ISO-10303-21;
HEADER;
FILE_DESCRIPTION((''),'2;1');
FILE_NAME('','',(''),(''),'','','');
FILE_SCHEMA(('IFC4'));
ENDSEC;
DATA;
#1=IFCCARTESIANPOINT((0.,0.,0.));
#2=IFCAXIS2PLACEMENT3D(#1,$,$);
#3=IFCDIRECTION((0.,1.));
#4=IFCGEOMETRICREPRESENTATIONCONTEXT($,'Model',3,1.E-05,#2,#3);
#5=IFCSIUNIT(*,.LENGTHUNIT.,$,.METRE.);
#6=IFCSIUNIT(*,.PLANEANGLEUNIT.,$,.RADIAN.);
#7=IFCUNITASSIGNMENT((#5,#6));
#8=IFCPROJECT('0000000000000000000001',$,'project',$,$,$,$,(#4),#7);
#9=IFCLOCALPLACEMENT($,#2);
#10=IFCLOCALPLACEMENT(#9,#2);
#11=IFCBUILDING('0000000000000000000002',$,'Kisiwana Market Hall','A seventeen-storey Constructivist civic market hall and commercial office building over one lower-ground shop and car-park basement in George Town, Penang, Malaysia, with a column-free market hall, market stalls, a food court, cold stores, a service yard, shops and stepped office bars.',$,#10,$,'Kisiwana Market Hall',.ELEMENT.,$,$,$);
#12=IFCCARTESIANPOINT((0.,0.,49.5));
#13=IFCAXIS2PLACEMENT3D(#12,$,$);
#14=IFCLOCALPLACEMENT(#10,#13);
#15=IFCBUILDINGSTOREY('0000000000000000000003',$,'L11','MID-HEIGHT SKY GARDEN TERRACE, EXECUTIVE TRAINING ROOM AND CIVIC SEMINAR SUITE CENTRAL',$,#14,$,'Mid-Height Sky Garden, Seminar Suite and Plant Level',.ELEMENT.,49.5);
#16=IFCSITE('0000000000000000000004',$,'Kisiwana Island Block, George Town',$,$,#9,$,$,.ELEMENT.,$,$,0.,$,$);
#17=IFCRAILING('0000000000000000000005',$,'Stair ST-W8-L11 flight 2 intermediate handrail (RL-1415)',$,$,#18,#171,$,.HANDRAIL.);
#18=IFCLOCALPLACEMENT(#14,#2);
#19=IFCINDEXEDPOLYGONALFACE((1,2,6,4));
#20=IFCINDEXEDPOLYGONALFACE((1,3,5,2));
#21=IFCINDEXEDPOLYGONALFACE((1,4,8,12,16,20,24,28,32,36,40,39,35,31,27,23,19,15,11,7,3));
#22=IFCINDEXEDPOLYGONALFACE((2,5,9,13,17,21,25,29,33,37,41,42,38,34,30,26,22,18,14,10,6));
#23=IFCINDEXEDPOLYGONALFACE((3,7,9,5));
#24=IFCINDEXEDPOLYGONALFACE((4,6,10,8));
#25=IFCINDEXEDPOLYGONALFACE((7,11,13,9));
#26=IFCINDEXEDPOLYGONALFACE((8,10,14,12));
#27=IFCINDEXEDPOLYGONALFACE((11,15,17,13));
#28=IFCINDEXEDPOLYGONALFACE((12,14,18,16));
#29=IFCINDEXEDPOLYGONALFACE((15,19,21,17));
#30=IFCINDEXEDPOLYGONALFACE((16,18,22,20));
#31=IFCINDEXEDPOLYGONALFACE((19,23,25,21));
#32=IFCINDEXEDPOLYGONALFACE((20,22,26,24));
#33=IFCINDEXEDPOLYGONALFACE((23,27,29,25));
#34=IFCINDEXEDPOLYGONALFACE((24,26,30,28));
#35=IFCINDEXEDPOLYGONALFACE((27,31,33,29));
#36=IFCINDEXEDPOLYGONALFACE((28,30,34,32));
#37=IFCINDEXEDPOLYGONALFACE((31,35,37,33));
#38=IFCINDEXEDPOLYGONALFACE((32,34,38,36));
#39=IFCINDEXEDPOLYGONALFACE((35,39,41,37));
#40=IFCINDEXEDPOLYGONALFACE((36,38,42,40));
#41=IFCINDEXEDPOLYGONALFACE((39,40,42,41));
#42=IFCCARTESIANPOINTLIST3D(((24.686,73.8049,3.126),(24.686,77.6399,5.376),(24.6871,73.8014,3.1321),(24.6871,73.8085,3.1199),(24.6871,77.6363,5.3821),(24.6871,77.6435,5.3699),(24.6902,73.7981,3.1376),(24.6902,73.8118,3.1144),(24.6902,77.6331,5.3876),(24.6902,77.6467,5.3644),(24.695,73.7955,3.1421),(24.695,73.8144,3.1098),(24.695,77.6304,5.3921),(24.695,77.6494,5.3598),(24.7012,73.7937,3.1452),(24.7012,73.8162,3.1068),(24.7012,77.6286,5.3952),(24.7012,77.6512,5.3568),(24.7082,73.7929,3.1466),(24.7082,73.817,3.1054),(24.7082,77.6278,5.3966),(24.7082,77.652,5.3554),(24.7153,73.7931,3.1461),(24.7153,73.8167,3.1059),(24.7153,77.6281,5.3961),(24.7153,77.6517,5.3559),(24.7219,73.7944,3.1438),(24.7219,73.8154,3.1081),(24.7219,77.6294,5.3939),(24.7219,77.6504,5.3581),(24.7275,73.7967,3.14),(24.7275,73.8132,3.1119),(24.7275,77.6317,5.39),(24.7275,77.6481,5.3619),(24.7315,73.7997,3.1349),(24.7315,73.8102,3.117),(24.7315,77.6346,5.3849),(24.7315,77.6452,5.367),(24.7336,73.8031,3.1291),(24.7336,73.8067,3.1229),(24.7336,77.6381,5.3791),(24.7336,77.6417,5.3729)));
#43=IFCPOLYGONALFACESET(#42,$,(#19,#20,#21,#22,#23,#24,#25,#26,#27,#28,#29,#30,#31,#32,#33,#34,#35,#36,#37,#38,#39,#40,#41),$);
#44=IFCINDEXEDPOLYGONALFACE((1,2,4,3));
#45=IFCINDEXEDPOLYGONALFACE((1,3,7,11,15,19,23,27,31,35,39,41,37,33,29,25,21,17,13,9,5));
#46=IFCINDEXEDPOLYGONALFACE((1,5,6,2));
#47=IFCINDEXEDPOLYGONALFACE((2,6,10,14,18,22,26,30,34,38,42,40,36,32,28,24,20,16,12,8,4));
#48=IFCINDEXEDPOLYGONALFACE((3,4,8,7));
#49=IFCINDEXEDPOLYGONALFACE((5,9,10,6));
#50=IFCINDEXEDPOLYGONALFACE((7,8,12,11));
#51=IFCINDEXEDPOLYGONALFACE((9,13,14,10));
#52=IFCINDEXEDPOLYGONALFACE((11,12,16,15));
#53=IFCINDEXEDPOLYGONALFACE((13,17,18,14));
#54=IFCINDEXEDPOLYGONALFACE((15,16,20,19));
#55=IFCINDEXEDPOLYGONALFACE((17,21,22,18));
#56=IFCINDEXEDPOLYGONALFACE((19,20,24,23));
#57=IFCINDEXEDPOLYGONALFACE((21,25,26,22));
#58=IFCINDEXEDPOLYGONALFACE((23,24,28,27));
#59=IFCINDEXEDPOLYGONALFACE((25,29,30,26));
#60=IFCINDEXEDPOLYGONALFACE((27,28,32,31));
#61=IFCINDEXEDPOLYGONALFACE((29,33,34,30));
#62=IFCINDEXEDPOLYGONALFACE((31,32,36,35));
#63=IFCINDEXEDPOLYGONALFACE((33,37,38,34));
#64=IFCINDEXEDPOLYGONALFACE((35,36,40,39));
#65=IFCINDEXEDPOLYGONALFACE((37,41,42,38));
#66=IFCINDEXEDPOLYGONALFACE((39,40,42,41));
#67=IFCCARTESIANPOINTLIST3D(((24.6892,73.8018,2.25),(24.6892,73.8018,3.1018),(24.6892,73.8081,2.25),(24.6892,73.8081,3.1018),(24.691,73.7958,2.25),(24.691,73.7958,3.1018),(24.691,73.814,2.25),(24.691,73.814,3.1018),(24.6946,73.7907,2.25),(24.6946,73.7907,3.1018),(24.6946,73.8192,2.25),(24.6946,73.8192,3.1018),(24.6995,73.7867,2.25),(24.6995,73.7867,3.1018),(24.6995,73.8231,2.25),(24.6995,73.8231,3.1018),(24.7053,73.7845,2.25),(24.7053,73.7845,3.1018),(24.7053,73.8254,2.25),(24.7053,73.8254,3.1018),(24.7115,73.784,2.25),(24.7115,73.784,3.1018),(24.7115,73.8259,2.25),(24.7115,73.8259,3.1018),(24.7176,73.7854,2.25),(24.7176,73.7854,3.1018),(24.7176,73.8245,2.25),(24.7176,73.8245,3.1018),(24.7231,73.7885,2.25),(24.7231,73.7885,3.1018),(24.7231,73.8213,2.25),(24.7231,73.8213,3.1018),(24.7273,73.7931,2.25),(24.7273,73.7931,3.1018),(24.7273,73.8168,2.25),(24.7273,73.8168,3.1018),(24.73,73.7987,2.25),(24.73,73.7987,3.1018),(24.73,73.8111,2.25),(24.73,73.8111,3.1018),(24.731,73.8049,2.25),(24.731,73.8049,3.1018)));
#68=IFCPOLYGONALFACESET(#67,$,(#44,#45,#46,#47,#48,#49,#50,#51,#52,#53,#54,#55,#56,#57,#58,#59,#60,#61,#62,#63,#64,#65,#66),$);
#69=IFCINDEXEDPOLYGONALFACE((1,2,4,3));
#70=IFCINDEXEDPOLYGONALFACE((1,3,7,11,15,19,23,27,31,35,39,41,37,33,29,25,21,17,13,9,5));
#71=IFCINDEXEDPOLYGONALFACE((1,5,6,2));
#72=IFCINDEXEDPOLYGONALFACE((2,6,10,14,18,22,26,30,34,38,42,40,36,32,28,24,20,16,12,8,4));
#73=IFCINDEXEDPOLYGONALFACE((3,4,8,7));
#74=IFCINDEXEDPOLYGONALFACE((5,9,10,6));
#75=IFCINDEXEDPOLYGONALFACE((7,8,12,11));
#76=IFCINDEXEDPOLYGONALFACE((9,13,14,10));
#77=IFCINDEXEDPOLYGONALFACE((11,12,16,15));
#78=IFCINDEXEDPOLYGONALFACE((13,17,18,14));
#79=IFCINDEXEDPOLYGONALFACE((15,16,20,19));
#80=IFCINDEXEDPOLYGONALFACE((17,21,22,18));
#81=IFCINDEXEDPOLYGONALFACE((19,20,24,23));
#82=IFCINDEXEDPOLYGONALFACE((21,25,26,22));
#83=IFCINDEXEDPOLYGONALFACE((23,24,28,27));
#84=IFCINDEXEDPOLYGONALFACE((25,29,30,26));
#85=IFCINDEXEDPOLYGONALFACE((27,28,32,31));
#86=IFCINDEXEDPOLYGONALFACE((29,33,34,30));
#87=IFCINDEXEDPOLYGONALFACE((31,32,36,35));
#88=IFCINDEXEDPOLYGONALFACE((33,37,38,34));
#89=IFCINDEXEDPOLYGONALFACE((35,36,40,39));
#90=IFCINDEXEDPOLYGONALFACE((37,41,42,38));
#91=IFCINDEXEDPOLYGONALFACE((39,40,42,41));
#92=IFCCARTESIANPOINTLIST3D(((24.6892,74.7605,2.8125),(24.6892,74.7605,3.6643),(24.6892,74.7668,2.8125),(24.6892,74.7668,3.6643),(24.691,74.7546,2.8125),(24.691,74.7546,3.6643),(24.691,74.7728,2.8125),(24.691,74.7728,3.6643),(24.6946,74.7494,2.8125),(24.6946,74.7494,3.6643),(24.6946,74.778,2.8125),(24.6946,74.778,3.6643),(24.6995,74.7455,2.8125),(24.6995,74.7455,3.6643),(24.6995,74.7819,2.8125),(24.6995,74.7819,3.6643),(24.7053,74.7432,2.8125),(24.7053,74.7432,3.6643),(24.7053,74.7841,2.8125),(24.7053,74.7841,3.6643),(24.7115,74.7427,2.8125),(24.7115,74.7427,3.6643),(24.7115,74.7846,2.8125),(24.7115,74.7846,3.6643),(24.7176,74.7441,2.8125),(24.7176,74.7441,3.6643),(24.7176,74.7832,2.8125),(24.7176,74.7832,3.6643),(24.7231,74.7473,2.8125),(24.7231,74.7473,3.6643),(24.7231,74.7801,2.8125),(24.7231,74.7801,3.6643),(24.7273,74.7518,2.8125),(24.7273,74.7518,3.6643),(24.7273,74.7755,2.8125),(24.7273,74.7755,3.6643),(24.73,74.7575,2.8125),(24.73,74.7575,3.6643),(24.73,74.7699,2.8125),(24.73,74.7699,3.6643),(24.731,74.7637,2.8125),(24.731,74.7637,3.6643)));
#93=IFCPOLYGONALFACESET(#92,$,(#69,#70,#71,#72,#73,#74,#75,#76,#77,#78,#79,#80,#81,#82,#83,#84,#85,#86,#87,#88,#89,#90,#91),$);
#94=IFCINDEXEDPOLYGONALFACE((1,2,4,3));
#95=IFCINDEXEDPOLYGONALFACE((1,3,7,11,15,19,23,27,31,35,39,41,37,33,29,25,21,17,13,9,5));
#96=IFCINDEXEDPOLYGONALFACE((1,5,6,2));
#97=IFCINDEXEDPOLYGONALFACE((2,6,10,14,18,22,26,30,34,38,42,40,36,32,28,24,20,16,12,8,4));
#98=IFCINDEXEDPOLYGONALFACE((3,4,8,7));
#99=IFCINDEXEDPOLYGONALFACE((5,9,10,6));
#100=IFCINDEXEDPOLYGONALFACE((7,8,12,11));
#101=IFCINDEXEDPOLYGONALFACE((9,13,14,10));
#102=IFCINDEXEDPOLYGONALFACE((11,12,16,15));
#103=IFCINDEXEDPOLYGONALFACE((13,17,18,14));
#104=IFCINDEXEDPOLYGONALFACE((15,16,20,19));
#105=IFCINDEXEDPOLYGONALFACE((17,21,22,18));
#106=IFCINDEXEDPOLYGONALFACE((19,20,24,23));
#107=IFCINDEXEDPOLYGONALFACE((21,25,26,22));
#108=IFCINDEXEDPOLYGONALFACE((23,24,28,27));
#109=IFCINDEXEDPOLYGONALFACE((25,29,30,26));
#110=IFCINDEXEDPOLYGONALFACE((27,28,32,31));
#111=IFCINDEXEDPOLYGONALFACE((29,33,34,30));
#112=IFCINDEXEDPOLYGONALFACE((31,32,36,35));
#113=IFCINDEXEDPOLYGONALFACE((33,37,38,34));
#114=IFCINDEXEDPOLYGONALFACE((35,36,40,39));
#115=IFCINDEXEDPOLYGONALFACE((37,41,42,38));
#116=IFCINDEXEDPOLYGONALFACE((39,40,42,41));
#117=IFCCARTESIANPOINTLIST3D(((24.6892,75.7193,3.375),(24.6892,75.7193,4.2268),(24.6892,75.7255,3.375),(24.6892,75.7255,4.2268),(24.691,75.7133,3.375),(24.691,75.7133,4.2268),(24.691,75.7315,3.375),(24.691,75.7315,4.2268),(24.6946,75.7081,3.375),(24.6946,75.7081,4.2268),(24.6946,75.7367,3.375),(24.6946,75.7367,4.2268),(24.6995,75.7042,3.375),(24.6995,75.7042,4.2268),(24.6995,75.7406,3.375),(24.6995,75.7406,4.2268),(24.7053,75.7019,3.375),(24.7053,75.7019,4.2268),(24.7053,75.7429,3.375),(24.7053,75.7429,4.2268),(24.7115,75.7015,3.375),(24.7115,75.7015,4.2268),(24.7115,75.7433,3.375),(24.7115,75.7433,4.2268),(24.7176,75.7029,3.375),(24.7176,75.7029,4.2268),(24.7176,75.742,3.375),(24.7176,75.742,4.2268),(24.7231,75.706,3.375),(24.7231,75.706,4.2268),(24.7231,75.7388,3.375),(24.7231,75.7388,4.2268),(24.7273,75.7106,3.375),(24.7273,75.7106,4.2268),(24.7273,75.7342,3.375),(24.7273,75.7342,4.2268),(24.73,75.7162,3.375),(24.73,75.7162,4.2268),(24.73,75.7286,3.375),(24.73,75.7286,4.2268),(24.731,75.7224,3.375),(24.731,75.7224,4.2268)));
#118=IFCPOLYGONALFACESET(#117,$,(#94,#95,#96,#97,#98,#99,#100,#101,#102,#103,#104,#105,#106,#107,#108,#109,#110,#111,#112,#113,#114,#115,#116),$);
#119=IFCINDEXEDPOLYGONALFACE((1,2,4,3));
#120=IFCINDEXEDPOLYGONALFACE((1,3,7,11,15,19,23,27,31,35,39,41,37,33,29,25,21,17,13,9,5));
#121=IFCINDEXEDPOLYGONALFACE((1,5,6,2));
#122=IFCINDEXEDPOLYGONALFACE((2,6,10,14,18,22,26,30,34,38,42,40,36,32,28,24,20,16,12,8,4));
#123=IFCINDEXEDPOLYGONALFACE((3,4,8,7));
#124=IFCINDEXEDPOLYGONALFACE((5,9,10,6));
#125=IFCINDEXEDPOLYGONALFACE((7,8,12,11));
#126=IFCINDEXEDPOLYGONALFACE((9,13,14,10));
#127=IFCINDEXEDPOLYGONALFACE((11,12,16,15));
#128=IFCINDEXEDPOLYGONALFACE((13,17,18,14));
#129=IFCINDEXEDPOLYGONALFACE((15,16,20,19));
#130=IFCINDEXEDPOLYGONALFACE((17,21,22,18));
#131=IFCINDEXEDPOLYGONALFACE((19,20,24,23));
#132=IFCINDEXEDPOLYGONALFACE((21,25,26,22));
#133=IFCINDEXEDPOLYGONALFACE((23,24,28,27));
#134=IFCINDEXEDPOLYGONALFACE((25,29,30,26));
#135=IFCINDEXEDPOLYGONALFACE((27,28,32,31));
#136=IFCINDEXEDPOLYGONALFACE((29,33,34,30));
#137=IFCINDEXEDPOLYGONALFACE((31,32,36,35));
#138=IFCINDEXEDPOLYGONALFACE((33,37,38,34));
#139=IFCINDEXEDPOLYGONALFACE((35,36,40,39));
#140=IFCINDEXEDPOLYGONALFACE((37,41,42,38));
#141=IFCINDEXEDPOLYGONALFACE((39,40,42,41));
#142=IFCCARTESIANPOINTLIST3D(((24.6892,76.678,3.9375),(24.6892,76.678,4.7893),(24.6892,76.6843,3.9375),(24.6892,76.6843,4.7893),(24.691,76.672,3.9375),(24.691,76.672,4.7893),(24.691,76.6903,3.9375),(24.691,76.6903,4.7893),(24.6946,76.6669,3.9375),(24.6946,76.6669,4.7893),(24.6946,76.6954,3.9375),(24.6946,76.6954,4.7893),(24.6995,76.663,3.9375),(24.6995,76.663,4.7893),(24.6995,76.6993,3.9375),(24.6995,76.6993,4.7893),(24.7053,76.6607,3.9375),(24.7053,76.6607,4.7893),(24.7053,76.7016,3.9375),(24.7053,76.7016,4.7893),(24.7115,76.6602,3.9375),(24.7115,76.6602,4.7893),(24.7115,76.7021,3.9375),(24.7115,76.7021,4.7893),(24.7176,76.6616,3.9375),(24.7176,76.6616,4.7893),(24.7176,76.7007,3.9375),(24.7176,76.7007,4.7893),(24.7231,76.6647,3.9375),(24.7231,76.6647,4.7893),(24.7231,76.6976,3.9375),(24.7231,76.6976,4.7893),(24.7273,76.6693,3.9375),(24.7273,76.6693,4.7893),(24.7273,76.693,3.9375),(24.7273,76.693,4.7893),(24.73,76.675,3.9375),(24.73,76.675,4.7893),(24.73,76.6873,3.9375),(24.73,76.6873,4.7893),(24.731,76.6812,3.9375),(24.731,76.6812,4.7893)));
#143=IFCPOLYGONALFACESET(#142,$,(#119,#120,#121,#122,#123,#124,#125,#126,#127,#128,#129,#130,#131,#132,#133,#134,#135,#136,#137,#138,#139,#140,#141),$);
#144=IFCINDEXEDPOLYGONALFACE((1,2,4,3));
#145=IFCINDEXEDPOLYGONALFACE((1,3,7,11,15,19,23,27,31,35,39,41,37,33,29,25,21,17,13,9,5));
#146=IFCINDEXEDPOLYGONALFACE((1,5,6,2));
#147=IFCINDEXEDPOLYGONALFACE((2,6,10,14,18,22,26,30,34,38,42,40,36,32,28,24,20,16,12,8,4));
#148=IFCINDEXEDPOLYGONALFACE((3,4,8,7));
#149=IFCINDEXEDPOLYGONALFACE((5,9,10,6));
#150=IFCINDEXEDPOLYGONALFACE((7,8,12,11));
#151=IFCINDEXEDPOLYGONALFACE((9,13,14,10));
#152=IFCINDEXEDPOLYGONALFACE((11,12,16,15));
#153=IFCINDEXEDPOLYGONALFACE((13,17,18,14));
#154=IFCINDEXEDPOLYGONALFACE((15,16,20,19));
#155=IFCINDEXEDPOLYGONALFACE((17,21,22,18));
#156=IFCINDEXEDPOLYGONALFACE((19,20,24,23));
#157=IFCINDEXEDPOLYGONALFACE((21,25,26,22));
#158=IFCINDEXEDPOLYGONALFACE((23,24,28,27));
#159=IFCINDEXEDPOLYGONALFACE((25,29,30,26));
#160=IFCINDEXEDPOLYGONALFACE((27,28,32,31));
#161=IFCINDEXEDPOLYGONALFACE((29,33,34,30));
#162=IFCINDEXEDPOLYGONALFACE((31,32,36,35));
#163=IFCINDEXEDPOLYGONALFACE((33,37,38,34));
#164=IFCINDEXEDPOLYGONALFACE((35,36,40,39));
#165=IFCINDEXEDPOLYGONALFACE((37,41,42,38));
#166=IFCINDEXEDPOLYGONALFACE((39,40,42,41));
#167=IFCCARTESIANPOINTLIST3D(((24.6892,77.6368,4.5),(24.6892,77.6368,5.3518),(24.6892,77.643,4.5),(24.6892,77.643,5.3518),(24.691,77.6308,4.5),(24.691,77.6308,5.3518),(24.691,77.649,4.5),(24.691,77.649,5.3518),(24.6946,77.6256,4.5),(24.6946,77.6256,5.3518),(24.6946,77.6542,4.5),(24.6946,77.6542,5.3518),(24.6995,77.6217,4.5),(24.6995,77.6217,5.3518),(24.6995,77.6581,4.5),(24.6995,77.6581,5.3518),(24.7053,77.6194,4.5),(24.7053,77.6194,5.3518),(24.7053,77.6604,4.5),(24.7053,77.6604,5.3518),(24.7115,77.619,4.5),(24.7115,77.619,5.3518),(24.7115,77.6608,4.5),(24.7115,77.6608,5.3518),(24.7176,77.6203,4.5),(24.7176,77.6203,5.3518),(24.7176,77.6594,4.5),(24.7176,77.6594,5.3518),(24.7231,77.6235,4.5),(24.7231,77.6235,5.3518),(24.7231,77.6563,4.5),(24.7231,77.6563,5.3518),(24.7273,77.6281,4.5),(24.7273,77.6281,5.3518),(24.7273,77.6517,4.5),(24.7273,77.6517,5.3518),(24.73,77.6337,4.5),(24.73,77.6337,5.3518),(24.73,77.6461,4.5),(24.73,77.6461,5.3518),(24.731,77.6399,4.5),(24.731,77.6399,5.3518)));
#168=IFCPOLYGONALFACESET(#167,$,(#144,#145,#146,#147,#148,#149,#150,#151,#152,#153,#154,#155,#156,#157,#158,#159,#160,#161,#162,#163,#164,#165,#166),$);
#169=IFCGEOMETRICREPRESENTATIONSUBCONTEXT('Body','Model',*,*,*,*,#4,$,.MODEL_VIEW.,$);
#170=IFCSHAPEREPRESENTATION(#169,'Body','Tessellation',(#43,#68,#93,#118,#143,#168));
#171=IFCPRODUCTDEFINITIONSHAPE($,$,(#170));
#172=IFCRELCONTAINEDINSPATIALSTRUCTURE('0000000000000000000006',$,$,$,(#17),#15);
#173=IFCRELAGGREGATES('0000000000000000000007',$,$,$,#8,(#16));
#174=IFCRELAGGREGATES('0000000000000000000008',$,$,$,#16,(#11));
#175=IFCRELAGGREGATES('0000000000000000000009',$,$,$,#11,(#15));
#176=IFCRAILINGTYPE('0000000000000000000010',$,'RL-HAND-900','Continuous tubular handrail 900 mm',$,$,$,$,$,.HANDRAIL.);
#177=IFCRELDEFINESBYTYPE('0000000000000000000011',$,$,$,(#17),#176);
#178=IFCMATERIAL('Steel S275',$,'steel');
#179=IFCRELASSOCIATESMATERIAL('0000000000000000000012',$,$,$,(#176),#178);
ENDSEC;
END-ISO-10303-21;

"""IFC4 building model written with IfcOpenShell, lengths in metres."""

from ifc_helpers import new_model, si_unit, direction, frame, origin, origin_2d, place, context, subcontext, project, spatial, circle, extrude, material, type_object, element, save


model = new_model("IFC4")

# Units and contexts
model_context = context("Model", 3, precision=1e-05, world=origin(), true_north=direction((0.0, 1.0)))
body_context = subcontext(model_context, "Body", "Model", "MODEL_VIEW")
ifc_project = project(units=[si_unit("LENGTHUNIT", "METRE"), si_unit("PLANEANGLEUNIT", "RADIAN")], contexts=[model_context])

# Site, building, storey
site_placement = place(None, origin())
site = spatial("IfcSite", under=ifc_project, at=site_placement, Name="Kisiwana Island Block, George Town", CompositionType="ELEMENT", RefElevation=0.0)
building_placement = place(site_placement, origin())
building = spatial("IfcBuilding", under=site, at=building_placement, Name="Kisiwana Market Hall", Description="A seventeen-storey Constructivist civic market hall and commercial office building over one lower-ground shop and car-park basement in George Town, Penang, Malaysia, with a column-free market hall, market stalls, a food court, cold stores, a service yard, shops and stepped office bars.", LongName="Kisiwana Market Hall", CompositionType="ELEMENT")
storey_placement = place(building_placement, frame((0.0, 0.0, 49.5)))
storey = spatial("IfcBuildingStorey", under=building, at=storey_placement, Name="L11", Description="MID-HEIGHT SKY GARDEN TERRACE, EXECUTIVE TRAINING ROOM AND CIVIC SEMINAR SUITE CENTRAL", LongName="Mid-Height Sky Garden, Seminar Suite and Plant Level", CompositionType="ELEMENT", Elevation=49.5)

# Railing
ifc_material_1 = material(Name="Steel S275", Category="steel")
railing_type_1 = type_object("IfcRailingType", Name="RL-HAND-900", Description="Continuous tubular handrail 900 mm", PredefinedType="HANDRAIL", material=ifc_material_1)
railing_1_placement = place(storey_placement, frame((24.71, 73.8049, 2.25)))
element("IfcRailing", 1, at=railing_1_placement, inside=storey, type_object=railing_type_1, Name="Stair ST-W8-L11 flight 2 intermediate handrail (RL-1415)", PredefinedType="HANDRAIL", context=body_context, shape_type="SweptSolid", body=[
    extrude(circle(Radius=0.0239, at=origin_2d()), frame((0.0, 0.0, 0.876), z_axis=(0.0, 0.86251, 0.506041), x_axis=(-1.0, 0.0, 0.0)), (0.0, 0.0, 1.0), 4.4463),
    extrude(circle(Radius=0.021, at=origin_2d()), origin(), (0.0, 0.0, 1.0), 0.8518),
    extrude(circle(Radius=0.021, at=origin_2d()), frame((0.0, 0.9587, 0.5625)), (0.0, 0.0, 1.0), 0.8518),
    extrude(circle(Radius=0.021, at=origin_2d()), frame((0.0, 1.9175, 1.125)), (0.0, 0.0, 1.0), 0.8518),
    extrude(circle(Radius=0.021, at=origin_2d()), frame((0.0, 2.8762, 1.6875)), (0.0, 0.0, 1.0), 0.8518),
    extrude(circle(Radius=0.021, at=origin_2d()), frame((0.0, 3.835, 2.25)), (0.0, 0.0, 1.0), 0.8518),
])

save(model, "model.ifc")
